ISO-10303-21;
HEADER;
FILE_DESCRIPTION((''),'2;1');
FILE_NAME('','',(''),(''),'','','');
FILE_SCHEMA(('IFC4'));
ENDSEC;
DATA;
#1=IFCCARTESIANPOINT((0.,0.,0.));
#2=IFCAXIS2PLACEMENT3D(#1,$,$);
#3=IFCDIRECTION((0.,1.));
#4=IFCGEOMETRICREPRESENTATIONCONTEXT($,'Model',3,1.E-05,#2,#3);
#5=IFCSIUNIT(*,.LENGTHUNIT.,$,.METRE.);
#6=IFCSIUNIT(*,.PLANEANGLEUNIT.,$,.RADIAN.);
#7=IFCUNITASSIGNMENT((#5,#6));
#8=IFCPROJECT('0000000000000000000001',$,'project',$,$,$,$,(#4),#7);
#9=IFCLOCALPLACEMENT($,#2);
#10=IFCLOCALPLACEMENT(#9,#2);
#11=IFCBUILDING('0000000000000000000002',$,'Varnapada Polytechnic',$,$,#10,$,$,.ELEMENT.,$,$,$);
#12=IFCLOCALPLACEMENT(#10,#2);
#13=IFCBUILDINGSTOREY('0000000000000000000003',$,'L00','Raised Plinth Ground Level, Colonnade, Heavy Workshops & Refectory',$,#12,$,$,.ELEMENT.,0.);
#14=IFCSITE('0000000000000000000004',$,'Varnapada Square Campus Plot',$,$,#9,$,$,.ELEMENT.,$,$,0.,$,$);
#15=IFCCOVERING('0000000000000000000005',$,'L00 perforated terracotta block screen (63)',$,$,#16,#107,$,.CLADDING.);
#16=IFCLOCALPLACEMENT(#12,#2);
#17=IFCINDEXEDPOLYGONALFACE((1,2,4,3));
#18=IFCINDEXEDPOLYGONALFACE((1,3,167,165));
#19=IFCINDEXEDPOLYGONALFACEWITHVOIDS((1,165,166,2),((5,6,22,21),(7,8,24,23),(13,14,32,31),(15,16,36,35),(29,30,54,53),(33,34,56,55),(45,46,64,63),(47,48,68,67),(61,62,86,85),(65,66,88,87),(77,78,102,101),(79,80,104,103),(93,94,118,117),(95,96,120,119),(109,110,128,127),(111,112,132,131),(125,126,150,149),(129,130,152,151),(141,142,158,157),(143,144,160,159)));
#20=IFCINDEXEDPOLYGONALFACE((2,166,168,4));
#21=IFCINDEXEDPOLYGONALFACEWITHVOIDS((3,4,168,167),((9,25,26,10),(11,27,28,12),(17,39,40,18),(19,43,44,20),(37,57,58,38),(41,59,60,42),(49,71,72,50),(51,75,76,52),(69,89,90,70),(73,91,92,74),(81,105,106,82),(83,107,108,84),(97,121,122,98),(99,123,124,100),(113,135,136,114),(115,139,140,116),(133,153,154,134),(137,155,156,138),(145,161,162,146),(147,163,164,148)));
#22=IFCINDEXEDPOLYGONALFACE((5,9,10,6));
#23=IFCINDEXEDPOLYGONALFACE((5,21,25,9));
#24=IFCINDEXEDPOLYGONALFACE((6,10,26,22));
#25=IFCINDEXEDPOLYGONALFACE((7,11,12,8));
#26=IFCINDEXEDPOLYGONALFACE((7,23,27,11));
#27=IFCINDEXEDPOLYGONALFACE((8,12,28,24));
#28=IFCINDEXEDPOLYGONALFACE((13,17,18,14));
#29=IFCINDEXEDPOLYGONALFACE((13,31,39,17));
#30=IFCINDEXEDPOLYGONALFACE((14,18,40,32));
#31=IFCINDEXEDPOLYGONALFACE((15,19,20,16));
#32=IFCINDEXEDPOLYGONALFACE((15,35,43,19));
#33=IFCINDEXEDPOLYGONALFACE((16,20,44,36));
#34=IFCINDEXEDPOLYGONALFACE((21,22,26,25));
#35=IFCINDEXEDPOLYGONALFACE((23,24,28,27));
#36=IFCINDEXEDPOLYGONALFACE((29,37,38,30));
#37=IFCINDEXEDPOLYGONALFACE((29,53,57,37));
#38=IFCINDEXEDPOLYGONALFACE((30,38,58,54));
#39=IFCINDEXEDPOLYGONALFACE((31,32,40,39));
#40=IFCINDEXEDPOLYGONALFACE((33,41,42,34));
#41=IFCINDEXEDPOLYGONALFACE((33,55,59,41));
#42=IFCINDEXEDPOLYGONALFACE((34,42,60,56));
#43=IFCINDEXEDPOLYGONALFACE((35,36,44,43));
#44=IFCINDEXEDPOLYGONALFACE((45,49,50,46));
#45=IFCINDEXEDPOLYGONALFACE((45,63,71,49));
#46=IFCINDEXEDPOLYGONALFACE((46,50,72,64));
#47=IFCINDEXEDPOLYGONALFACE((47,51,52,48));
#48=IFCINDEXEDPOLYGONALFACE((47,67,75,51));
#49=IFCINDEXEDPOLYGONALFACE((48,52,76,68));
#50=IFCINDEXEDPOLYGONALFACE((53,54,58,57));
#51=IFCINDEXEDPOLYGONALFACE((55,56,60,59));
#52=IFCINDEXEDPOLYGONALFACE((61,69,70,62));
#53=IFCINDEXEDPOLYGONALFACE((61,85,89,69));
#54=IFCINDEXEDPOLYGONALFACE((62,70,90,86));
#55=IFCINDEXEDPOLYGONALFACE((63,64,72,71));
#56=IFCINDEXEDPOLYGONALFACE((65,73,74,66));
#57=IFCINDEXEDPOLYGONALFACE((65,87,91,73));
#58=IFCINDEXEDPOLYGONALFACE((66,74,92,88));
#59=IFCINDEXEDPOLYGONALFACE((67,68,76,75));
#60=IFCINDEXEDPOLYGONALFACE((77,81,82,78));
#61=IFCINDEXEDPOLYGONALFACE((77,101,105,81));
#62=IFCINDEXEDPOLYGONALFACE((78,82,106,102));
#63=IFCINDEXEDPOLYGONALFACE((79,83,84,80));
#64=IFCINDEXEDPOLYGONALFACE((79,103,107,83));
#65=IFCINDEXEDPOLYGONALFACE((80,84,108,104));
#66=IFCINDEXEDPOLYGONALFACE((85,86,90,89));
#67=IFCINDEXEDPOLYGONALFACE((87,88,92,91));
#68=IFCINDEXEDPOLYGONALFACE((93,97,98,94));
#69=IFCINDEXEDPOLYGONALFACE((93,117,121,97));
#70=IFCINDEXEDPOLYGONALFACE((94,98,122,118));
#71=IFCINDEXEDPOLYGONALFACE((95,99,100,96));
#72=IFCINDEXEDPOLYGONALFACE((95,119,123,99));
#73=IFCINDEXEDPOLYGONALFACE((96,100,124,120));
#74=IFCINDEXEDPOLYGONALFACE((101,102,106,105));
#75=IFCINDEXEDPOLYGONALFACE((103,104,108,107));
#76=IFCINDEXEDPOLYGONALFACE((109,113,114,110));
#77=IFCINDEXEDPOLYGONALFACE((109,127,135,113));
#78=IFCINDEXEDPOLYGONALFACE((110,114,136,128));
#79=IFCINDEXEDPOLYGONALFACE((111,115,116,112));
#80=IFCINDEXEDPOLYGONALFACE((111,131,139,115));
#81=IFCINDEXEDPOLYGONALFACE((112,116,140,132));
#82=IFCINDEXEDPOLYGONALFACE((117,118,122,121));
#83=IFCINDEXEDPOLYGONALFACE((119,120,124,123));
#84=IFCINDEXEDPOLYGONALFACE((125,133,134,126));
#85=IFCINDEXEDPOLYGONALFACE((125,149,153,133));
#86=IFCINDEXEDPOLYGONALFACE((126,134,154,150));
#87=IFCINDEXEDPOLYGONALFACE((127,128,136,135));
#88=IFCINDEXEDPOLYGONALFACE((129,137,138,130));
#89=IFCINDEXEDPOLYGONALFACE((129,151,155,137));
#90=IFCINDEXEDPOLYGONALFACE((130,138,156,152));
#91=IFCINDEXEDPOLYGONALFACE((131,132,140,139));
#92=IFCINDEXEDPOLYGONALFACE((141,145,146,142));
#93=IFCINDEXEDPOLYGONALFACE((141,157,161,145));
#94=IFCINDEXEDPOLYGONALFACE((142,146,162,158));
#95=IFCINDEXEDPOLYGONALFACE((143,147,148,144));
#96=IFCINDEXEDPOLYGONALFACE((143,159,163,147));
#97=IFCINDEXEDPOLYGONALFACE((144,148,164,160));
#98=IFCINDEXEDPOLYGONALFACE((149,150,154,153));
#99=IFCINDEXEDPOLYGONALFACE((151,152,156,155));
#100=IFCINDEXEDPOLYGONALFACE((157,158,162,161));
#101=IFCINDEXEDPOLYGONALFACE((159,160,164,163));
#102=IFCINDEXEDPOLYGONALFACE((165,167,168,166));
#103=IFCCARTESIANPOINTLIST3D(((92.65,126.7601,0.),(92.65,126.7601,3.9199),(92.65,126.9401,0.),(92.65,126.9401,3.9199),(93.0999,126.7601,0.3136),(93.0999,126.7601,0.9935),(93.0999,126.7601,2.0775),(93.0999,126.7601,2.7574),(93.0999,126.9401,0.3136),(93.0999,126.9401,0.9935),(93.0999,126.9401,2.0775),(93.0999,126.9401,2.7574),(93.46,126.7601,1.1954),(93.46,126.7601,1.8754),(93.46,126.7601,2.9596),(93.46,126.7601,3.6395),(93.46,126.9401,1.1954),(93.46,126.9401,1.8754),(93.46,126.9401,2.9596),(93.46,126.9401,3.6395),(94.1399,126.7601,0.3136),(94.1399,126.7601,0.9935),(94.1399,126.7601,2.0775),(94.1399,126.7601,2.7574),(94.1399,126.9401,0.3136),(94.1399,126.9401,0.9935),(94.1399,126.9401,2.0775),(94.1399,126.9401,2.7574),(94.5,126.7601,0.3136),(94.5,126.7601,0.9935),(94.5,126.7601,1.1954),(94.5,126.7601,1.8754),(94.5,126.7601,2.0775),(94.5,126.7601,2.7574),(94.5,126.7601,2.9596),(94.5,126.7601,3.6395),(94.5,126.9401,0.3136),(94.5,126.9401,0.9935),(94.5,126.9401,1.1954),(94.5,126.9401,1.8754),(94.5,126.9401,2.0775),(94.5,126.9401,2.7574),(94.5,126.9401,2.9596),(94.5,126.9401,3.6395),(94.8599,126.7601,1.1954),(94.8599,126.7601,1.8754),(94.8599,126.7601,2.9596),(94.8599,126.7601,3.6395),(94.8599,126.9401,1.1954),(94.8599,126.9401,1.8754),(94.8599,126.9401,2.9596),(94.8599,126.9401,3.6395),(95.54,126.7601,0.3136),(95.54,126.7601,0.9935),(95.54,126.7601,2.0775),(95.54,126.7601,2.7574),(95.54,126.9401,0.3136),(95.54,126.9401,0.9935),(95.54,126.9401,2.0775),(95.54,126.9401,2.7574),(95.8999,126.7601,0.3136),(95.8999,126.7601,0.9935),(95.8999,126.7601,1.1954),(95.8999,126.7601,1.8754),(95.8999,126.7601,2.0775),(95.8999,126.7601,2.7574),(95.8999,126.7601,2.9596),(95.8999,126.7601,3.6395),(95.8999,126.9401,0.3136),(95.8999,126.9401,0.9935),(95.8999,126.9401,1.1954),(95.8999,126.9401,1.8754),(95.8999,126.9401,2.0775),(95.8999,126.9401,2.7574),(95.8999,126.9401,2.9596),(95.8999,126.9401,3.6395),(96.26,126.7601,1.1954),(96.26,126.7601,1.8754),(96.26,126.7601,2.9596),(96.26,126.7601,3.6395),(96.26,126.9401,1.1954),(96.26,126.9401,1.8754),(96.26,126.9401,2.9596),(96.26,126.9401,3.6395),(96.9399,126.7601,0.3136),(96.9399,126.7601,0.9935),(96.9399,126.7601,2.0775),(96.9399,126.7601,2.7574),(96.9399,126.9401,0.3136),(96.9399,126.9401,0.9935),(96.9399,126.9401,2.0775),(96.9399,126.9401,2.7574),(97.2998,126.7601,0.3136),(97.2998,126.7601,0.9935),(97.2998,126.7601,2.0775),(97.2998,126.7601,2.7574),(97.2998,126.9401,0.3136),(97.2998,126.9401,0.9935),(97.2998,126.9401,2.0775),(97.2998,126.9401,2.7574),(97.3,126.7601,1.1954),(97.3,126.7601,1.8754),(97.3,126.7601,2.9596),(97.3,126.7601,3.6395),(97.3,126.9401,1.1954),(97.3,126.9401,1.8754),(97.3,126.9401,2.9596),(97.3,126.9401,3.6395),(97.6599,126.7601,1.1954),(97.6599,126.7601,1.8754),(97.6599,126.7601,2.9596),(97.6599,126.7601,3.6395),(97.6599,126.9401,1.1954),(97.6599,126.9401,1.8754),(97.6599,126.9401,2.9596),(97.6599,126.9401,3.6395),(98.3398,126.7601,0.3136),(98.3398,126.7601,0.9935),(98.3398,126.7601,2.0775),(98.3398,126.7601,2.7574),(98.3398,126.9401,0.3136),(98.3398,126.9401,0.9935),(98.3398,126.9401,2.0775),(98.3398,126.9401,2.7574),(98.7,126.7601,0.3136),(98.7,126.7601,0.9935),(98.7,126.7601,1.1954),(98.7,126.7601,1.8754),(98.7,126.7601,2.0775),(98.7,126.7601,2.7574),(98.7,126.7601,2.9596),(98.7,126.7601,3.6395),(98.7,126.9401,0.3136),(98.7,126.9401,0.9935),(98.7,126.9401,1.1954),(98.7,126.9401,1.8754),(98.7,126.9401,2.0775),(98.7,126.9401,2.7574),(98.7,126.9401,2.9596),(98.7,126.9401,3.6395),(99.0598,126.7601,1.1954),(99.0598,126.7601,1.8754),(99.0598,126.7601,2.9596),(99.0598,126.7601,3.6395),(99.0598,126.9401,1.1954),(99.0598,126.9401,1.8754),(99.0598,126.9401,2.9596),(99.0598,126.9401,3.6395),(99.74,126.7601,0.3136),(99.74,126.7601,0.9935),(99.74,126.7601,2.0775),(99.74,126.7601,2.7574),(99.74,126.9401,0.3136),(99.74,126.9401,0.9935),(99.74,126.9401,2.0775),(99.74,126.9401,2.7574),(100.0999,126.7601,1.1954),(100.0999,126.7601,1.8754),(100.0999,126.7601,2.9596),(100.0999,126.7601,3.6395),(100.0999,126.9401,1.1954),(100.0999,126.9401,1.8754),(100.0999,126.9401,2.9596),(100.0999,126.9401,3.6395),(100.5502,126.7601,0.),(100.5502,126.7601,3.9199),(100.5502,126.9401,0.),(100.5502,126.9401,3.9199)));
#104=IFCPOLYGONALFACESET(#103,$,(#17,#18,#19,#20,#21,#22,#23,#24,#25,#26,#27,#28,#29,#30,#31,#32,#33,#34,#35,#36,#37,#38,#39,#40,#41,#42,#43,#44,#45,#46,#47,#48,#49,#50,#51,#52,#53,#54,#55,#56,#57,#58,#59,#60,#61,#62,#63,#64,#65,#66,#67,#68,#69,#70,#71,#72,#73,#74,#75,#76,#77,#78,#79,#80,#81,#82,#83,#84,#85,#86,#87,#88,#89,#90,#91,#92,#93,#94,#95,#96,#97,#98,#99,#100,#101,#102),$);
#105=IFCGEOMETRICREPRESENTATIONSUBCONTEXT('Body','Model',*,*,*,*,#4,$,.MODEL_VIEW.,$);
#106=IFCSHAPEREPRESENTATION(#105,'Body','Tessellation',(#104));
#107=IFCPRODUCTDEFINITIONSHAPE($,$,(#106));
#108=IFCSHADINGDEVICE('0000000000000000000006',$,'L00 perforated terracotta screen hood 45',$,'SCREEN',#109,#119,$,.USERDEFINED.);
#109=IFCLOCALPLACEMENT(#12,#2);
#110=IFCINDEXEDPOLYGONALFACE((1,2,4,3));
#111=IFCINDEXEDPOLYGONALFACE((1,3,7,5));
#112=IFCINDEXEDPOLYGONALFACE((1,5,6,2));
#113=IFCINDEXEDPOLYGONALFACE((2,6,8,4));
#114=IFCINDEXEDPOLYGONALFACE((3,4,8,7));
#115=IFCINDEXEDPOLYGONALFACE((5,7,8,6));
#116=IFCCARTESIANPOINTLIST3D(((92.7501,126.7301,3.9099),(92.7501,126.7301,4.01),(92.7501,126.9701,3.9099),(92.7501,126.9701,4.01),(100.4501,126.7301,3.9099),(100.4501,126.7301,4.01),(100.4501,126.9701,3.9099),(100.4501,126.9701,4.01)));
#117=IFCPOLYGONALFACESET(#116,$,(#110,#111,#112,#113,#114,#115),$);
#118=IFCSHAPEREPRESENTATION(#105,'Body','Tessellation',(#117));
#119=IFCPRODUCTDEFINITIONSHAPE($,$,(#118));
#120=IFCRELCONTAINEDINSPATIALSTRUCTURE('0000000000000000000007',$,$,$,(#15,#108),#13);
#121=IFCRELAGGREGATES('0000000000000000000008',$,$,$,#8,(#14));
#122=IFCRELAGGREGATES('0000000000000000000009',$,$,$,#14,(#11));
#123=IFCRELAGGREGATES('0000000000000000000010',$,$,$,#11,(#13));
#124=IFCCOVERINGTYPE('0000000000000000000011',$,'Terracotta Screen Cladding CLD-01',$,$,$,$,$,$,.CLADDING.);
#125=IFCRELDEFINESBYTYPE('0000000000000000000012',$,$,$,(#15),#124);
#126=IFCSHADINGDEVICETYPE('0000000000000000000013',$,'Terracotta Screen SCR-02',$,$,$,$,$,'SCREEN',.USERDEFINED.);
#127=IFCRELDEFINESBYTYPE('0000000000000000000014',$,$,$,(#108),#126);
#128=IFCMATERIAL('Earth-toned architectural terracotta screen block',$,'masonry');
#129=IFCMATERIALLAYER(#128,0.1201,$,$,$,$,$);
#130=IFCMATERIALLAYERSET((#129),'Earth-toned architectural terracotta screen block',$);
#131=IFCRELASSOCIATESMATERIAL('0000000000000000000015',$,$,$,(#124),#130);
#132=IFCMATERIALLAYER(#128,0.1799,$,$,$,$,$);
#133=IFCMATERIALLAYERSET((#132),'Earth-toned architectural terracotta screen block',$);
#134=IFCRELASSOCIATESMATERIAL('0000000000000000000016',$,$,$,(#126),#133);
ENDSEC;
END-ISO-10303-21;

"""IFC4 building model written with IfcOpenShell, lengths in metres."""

from ifc_helpers import new_model, si_unit, direction, frame, frame_2d, origin, origin_2d, place, context, subcontext, project, spatial, rectangle, extrude, material, layer, layer_set, type_object, element, save


model = new_model("IFC4")

# Units and contexts
model_context = context("Model", 3, precision=1e-05, world=origin(), true_north=direction((0.0, 1.0)))
body_context = subcontext(model_context, "Body", "Model", "MODEL_VIEW")
ifc_project = project(units=[si_unit("LENGTHUNIT", "METRE"), si_unit("PLANEANGLEUNIT", "RADIAN")], contexts=[model_context])

# Site, building, storey
site_placement = place(None, origin())
site = spatial("IfcSite", under=ifc_project, at=site_placement, Name="Varnapada Square Campus Plot", CompositionType="ELEMENT", RefElevation=0.0)
building_placement = place(site_placement, origin())
building = spatial("IfcBuilding", under=site, at=building_placement, Name="Varnapada Polytechnic", CompositionType="ELEMENT")
storey_placement = place(building_placement, origin())
storey = spatial("IfcBuildingStorey", under=building, at=storey_placement, Name="L00", Description="Raised Plinth Ground Level, Colonnade, Heavy Workshops & Refectory", CompositionType="ELEMENT", Elevation=0.0)

# Covering, openings
ifc_material_1 = material(Name="Earth-toned architectural terracotta screen block", Category="masonry")
ifc_layer_1 = layer(ifc_material_1, 0.1201)
ifc_layer_set_1 = layer_set([ifc_layer_1], Name="Earth-toned architectural terracotta screen block")
covering_type_1 = type_object("IfcCoveringType", Name="Terracotta Screen Cladding CLD-01", PredefinedType="CLADDING", material=ifc_layer_set_1)
covering_1_placement = place(storey_placement, frame((92.6499, 126.8501, 0.0), z_axis=(0.0, 0.0, 1.0), x_axis=(1.0, 0.0, 0.0)))
covering_1 = element("IfcCovering", 1, at=covering_1_placement, inside=storey, type_object=covering_type_1, Name="L00 perforated terracotta block screen (63)", PredefinedType="CLADDING", context=body_context, shape_type="SweptSolid", body=[
    extrude(rectangle(XDim=7.9001, YDim=0.1799, at=frame_2d((3.9502, 0.0))), origin(), (0.0, 0.0, 1.0), 3.9199),
])
opening_1_placement = place(covering_1_placement, frame((0.45, 0.0, 0.3137)))
element("IfcOpeningElement", 2, at=opening_1_placement, cuts=covering_1, PredefinedType="OPENING", context=body_context, shape_type="SweptSolid", body=[
    extrude(rectangle(XDim=1.04, YDim=0.6799, at=frame_2d((0.52, 0.3398))), frame((0.0, 0.0999, 0.0), z_axis=(0.0, -1.0, 0.0), x_axis=(1.0, 0.0, 0.0)), (0.0, 0.0, 1.0), 0.2),
])
opening_2_placement = place(covering_1_placement, frame((1.8501, 0.0, 0.3137)))
element("IfcOpeningElement", 3, at=opening_2_placement, cuts=covering_1, PredefinedType="OPENING", context=body_context, shape_type="SweptSolid", body=[
    extrude(rectangle(XDim=1.04, YDim=0.6799, at=frame_2d((0.52, 0.3398))), frame((0.0, 0.0999, 0.0), z_axis=(0.0, -1.0, 0.0), x_axis=(1.0, 0.0, 0.0)), (0.0, 0.0, 1.0), 0.2),
])
opening_3_placement = place(covering_1_placement, frame((3.25, 0.0, 0.3137)))
element("IfcOpeningElement", 4, at=opening_3_placement, cuts=covering_1, PredefinedType="OPENING", context=body_context, shape_type="SweptSolid", body=[
    extrude(rectangle(XDim=1.04, YDim=0.6799, at=frame_2d((0.52, 0.3398))), frame((0.0, 0.0999, 0.0), z_axis=(0.0, -1.0, 0.0), x_axis=(1.0, 0.0, 0.0)), (0.0, 0.0, 1.0), 0.2),
])
opening_4_placement = place(covering_1_placement, frame((4.6499, 0.0, 0.3137)))
element("IfcOpeningElement", 5, at=opening_4_placement, cuts=covering_1, PredefinedType="OPENING", context=body_context, shape_type="SweptSolid", body=[
    extrude(rectangle(XDim=1.04, YDim=0.6799, at=frame_2d((0.52, 0.3398))), frame((0.0, 0.0999, 0.0), z_axis=(0.0, -1.0, 0.0), x_axis=(1.0, 0.0, 0.0)), (0.0, 0.0, 1.0), 0.2),
])
opening_5_placement = place(covering_1_placement, frame((6.05, 0.0, 0.3137)))
element("IfcOpeningElement", 6, at=opening_5_placement, cuts=covering_1, PredefinedType="OPENING", context=body_context, shape_type="SweptSolid", body=[
    extrude(rectangle(XDim=1.04, YDim=0.6799, at=frame_2d((0.52, 0.3398))), frame((0.0, 0.0999, 0.0), z_axis=(0.0, -1.0, 0.0), x_axis=(1.0, 0.0, 0.0)), (0.0, 0.0, 1.0), 0.2),
])
opening_6_placement = place(covering_1_placement, frame((0.8101, 0.0, 1.1956)))
element("IfcOpeningElement", 7, at=opening_6_placement, cuts=covering_1, PredefinedType="OPENING", context=body_context, shape_type="SweptSolid", body=[
    extrude(rectangle(XDim=1.04, YDim=0.6799, at=frame_2d((0.52, 0.3398))), frame((0.0, 0.0999, 0.0), z_axis=(0.0, -1.0, 0.0), x_axis=(1.0, 0.0, 0.0)), (0.0, 0.0, 1.0), 0.2),
])
opening_7_placement = place(covering_1_placement, frame((2.21, 0.0, 1.1956)))
element("IfcOpeningElement", 8, at=opening_7_placement, cuts=covering_1, PredefinedType="OPENING", context=body_context, shape_type="SweptSolid", body=[
    extrude(rectangle(XDim=1.04, YDim=0.6799, at=frame_2d((0.52, 0.3398))), frame((0.0, 0.0999, 0.0), z_axis=(0.0, -1.0, 0.0), x_axis=(1.0, 0.0, 0.0)), (0.0, 0.0, 1.0), 0.2),
])
opening_8_placement = place(covering_1_placement, frame((3.6101, 0.0, 1.1956)))
element("IfcOpeningElement", 9, at=opening_8_placement, cuts=covering_1, PredefinedType="OPENING", context=body_context, shape_type="SweptSolid", body=[
    extrude(rectangle(XDim=1.04, YDim=0.6799, at=frame_2d((0.52, 0.3398))), frame((0.0, 0.0999, 0.0), z_axis=(0.0, -1.0, 0.0), x_axis=(1.0, 0.0, 0.0)), (0.0, 0.0, 1.0), 0.2),
])
opening_9_placement = place(covering_1_placement, frame((5.01, 0.0, 1.1956)))
element("IfcOpeningElement", 10, at=opening_9_placement, cuts=covering_1, PredefinedType="OPENING", context=body_context, shape_type="SweptSolid", body=[
    extrude(rectangle(XDim=1.04, YDim=0.6799, at=frame_2d((0.52, 0.3398))), frame((0.0, 0.0999, 0.0), z_axis=(0.0, -1.0, 0.0), x_axis=(1.0, 0.0, 0.0)), (0.0, 0.0, 1.0), 0.2),
])
opening_10_placement = place(covering_1_placement, frame((6.4099, 0.0, 1.1956)))
element("IfcOpeningElement", 11, at=opening_10_placement, cuts=covering_1, PredefinedType="OPENING", context=body_context, shape_type="SweptSolid", body=[
    extrude(rectangle(XDim=1.04, YDim=0.6799, at=frame_2d((0.52, 0.3398))), frame((0.0, 0.0999, 0.0), z_axis=(0.0, -1.0, 0.0), x_axis=(1.0, 0.0, 0.0)), (0.0, 0.0, 1.0), 0.2),
])
opening_11_placement = place(covering_1_placement, frame((0.45, 0.0, 2.0776)))
element("IfcOpeningElement", 12, at=opening_11_placement, cuts=covering_1, PredefinedType="OPENING", context=body_context, shape_type="SweptSolid", body=[
    extrude(rectangle(XDim=1.04, YDim=0.6799, at=frame_2d((0.52, 0.3398))), frame((0.0, 0.0999, 0.0), z_axis=(0.0, -1.0, 0.0), x_axis=(1.0, 0.0, 0.0)), (0.0, 0.0, 1.0), 0.2),
])
opening_12_placement = place(covering_1_placement, frame((1.8501, 0.0, 2.0776)))
element("IfcOpeningElement", 13, at=opening_12_placement, cuts=covering_1, PredefinedType="OPENING", context=body_context, shape_type="SweptSolid", body=[
    extrude(rectangle(XDim=1.04, YDim=0.6799, at=frame_2d((0.52, 0.3398))), frame((0.0, 0.0999, 0.0), z_axis=(0.0, -1.0, 0.0), x_axis=(1.0, 0.0, 0.0)), (0.0, 0.0, 1.0), 0.2),
])
opening_13_placement = place(covering_1_placement, frame((3.25, 0.0, 2.0776)))
element("IfcOpeningElement", 14, at=opening_13_placement, cuts=covering_1, PredefinedType="OPENING", context=body_context, shape_type="SweptSolid", body=[
    extrude(rectangle(XDim=1.04, YDim=0.6799, at=frame_2d((0.52, 0.3398))), frame((0.0, 0.0999, 0.0), z_axis=(0.0, -1.0, 0.0), x_axis=(1.0, 0.0, 0.0)), (0.0, 0.0, 1.0), 0.2),
])
opening_14_placement = place(covering_1_placement, frame((4.6499, 0.0, 2.0776)))
element("IfcOpeningElement", 15, at=opening_14_placement, cuts=covering_1, PredefinedType="OPENING", context=body_context, shape_type="SweptSolid", body=[
    extrude(rectangle(XDim=1.04, YDim=0.6799, at=frame_2d((0.52, 0.3398))), frame((0.0, 0.0999, 0.0), z_axis=(0.0, -1.0, 0.0), x_axis=(1.0, 0.0, 0.0)), (0.0, 0.0, 1.0), 0.2),
])
opening_15_placement = place(covering_1_placement, frame((6.05, 0.0, 2.0776)))
element("IfcOpeningElement", 16, at=opening_15_placement, cuts=covering_1, PredefinedType="OPENING", context=body_context, shape_type="SweptSolid", body=[
    extrude(rectangle(XDim=1.04, YDim=0.6799, at=frame_2d((0.52, 0.3398))), frame((0.0, 0.0999, 0.0), z_axis=(0.0, -1.0, 0.0), x_axis=(1.0, 0.0, 0.0)), (0.0, 0.0, 1.0), 0.2),
])
opening_16_placement = place(covering_1_placement, frame((0.8101, 0.0, 2.9597)))
element("IfcOpeningElement", 17, at=opening_16_placement, cuts=covering_1, PredefinedType="OPENING", context=body_context, shape_type="SweptSolid", body=[
    extrude(rectangle(XDim=1.04, YDim=0.6799, at=frame_2d((0.52, 0.3398))), frame((0.0, 0.0999, 0.0), z_axis=(0.0, -1.0, 0.0), x_axis=(1.0, 0.0, 0.0)), (0.0, 0.0, 1.0), 0.2),
])
opening_17_placement = place(covering_1_placement, frame((2.21, 0.0, 2.9597)))
element("IfcOpeningElement", 18, at=opening_17_placement, cuts=covering_1, PredefinedType="OPENING", context=body_context, shape_type="SweptSolid", body=[
    extrude(rectangle(XDim=1.04, YDim=0.6799, at=frame_2d((0.52, 0.3398))), frame((0.0, 0.0999, 0.0), z_axis=(0.0, -1.0, 0.0), x_axis=(1.0, 0.0, 0.0)), (0.0, 0.0, 1.0), 0.2),
])
opening_18_placement = place(covering_1_placement, frame((3.6101, 0.0, 2.9597)))
element("IfcOpeningElement", 19, at=opening_18_placement, cuts=covering_1, PredefinedType="OPENING", context=body_context, shape_type="SweptSolid", body=[
    extrude(rectangle(XDim=1.04, YDim=0.6799, at=frame_2d((0.52, 0.3398))), frame((0.0, 0.0999, 0.0), z_axis=(0.0, -1.0, 0.0), x_axis=(1.0, 0.0, 0.0)), (0.0, 0.0, 1.0), 0.2),
])
opening_19_placement = place(covering_1_placement, frame((5.01, 0.0, 2.9597)))
element("IfcOpeningElement", 20, at=opening_19_placement, cuts=covering_1, PredefinedType="OPENING", context=body_context, shape_type="SweptSolid", body=[
    extrude(rectangle(XDim=1.04, YDim=0.6799, at=frame_2d((0.52, 0.3398))), frame((0.0, 0.0999, 0.0), z_axis=(0.0, -1.0, 0.0), x_axis=(1.0, 0.0, 0.0)), (0.0, 0.0, 1.0), 0.2),
])
opening_20_placement = place(covering_1_placement, frame((6.4099, 0.0, 2.9597)))
element("IfcOpeningElement", 21, at=opening_20_placement, cuts=covering_1, PredefinedType="OPENING", context=body_context, shape_type="SweptSolid", body=[
    extrude(rectangle(XDim=1.04, YDim=0.6799, at=frame_2d((0.52, 0.3398))), frame((0.0, 0.0999, 0.0), z_axis=(0.0, -1.0, 0.0), x_axis=(1.0, 0.0, 0.0)), (0.0, 0.0, 1.0), 0.2),
])

# Shading device
ifc_layer_2 = layer(ifc_material_1, 0.1799)
ifc_layer_set_2 = layer_set([ifc_layer_2], Name="Earth-toned architectural terracotta screen block")
shading_device_type = type_object("IfcShadingDeviceType", Name="Terracotta Screen SCR-02", ElementType="SCREEN", PredefinedType="USERDEFINED", material=ifc_layer_set_2)
shading_device_placement = place(storey_placement, frame((96.6001, 126.8501, 3.9099), z_axis=(0.0, 0.0, 1.0), x_axis=(1.0, 0.0, 0.0)))
element("IfcShadingDevice", 22, at=shading_device_placement, inside=storey, type_object=shading_device_type, Name="L00 perforated terracotta screen hood 45", ObjectType="SCREEN", PredefinedType="USERDEFINED", context=body_context, shape_type="SweptSolid", body=[
    extrude(rectangle(XDim=7.7, YDim=0.24, at=origin_2d()), origin(), (0.0, 0.0, 1.0), 0.1001),
])

save(model, "model.ifc")
